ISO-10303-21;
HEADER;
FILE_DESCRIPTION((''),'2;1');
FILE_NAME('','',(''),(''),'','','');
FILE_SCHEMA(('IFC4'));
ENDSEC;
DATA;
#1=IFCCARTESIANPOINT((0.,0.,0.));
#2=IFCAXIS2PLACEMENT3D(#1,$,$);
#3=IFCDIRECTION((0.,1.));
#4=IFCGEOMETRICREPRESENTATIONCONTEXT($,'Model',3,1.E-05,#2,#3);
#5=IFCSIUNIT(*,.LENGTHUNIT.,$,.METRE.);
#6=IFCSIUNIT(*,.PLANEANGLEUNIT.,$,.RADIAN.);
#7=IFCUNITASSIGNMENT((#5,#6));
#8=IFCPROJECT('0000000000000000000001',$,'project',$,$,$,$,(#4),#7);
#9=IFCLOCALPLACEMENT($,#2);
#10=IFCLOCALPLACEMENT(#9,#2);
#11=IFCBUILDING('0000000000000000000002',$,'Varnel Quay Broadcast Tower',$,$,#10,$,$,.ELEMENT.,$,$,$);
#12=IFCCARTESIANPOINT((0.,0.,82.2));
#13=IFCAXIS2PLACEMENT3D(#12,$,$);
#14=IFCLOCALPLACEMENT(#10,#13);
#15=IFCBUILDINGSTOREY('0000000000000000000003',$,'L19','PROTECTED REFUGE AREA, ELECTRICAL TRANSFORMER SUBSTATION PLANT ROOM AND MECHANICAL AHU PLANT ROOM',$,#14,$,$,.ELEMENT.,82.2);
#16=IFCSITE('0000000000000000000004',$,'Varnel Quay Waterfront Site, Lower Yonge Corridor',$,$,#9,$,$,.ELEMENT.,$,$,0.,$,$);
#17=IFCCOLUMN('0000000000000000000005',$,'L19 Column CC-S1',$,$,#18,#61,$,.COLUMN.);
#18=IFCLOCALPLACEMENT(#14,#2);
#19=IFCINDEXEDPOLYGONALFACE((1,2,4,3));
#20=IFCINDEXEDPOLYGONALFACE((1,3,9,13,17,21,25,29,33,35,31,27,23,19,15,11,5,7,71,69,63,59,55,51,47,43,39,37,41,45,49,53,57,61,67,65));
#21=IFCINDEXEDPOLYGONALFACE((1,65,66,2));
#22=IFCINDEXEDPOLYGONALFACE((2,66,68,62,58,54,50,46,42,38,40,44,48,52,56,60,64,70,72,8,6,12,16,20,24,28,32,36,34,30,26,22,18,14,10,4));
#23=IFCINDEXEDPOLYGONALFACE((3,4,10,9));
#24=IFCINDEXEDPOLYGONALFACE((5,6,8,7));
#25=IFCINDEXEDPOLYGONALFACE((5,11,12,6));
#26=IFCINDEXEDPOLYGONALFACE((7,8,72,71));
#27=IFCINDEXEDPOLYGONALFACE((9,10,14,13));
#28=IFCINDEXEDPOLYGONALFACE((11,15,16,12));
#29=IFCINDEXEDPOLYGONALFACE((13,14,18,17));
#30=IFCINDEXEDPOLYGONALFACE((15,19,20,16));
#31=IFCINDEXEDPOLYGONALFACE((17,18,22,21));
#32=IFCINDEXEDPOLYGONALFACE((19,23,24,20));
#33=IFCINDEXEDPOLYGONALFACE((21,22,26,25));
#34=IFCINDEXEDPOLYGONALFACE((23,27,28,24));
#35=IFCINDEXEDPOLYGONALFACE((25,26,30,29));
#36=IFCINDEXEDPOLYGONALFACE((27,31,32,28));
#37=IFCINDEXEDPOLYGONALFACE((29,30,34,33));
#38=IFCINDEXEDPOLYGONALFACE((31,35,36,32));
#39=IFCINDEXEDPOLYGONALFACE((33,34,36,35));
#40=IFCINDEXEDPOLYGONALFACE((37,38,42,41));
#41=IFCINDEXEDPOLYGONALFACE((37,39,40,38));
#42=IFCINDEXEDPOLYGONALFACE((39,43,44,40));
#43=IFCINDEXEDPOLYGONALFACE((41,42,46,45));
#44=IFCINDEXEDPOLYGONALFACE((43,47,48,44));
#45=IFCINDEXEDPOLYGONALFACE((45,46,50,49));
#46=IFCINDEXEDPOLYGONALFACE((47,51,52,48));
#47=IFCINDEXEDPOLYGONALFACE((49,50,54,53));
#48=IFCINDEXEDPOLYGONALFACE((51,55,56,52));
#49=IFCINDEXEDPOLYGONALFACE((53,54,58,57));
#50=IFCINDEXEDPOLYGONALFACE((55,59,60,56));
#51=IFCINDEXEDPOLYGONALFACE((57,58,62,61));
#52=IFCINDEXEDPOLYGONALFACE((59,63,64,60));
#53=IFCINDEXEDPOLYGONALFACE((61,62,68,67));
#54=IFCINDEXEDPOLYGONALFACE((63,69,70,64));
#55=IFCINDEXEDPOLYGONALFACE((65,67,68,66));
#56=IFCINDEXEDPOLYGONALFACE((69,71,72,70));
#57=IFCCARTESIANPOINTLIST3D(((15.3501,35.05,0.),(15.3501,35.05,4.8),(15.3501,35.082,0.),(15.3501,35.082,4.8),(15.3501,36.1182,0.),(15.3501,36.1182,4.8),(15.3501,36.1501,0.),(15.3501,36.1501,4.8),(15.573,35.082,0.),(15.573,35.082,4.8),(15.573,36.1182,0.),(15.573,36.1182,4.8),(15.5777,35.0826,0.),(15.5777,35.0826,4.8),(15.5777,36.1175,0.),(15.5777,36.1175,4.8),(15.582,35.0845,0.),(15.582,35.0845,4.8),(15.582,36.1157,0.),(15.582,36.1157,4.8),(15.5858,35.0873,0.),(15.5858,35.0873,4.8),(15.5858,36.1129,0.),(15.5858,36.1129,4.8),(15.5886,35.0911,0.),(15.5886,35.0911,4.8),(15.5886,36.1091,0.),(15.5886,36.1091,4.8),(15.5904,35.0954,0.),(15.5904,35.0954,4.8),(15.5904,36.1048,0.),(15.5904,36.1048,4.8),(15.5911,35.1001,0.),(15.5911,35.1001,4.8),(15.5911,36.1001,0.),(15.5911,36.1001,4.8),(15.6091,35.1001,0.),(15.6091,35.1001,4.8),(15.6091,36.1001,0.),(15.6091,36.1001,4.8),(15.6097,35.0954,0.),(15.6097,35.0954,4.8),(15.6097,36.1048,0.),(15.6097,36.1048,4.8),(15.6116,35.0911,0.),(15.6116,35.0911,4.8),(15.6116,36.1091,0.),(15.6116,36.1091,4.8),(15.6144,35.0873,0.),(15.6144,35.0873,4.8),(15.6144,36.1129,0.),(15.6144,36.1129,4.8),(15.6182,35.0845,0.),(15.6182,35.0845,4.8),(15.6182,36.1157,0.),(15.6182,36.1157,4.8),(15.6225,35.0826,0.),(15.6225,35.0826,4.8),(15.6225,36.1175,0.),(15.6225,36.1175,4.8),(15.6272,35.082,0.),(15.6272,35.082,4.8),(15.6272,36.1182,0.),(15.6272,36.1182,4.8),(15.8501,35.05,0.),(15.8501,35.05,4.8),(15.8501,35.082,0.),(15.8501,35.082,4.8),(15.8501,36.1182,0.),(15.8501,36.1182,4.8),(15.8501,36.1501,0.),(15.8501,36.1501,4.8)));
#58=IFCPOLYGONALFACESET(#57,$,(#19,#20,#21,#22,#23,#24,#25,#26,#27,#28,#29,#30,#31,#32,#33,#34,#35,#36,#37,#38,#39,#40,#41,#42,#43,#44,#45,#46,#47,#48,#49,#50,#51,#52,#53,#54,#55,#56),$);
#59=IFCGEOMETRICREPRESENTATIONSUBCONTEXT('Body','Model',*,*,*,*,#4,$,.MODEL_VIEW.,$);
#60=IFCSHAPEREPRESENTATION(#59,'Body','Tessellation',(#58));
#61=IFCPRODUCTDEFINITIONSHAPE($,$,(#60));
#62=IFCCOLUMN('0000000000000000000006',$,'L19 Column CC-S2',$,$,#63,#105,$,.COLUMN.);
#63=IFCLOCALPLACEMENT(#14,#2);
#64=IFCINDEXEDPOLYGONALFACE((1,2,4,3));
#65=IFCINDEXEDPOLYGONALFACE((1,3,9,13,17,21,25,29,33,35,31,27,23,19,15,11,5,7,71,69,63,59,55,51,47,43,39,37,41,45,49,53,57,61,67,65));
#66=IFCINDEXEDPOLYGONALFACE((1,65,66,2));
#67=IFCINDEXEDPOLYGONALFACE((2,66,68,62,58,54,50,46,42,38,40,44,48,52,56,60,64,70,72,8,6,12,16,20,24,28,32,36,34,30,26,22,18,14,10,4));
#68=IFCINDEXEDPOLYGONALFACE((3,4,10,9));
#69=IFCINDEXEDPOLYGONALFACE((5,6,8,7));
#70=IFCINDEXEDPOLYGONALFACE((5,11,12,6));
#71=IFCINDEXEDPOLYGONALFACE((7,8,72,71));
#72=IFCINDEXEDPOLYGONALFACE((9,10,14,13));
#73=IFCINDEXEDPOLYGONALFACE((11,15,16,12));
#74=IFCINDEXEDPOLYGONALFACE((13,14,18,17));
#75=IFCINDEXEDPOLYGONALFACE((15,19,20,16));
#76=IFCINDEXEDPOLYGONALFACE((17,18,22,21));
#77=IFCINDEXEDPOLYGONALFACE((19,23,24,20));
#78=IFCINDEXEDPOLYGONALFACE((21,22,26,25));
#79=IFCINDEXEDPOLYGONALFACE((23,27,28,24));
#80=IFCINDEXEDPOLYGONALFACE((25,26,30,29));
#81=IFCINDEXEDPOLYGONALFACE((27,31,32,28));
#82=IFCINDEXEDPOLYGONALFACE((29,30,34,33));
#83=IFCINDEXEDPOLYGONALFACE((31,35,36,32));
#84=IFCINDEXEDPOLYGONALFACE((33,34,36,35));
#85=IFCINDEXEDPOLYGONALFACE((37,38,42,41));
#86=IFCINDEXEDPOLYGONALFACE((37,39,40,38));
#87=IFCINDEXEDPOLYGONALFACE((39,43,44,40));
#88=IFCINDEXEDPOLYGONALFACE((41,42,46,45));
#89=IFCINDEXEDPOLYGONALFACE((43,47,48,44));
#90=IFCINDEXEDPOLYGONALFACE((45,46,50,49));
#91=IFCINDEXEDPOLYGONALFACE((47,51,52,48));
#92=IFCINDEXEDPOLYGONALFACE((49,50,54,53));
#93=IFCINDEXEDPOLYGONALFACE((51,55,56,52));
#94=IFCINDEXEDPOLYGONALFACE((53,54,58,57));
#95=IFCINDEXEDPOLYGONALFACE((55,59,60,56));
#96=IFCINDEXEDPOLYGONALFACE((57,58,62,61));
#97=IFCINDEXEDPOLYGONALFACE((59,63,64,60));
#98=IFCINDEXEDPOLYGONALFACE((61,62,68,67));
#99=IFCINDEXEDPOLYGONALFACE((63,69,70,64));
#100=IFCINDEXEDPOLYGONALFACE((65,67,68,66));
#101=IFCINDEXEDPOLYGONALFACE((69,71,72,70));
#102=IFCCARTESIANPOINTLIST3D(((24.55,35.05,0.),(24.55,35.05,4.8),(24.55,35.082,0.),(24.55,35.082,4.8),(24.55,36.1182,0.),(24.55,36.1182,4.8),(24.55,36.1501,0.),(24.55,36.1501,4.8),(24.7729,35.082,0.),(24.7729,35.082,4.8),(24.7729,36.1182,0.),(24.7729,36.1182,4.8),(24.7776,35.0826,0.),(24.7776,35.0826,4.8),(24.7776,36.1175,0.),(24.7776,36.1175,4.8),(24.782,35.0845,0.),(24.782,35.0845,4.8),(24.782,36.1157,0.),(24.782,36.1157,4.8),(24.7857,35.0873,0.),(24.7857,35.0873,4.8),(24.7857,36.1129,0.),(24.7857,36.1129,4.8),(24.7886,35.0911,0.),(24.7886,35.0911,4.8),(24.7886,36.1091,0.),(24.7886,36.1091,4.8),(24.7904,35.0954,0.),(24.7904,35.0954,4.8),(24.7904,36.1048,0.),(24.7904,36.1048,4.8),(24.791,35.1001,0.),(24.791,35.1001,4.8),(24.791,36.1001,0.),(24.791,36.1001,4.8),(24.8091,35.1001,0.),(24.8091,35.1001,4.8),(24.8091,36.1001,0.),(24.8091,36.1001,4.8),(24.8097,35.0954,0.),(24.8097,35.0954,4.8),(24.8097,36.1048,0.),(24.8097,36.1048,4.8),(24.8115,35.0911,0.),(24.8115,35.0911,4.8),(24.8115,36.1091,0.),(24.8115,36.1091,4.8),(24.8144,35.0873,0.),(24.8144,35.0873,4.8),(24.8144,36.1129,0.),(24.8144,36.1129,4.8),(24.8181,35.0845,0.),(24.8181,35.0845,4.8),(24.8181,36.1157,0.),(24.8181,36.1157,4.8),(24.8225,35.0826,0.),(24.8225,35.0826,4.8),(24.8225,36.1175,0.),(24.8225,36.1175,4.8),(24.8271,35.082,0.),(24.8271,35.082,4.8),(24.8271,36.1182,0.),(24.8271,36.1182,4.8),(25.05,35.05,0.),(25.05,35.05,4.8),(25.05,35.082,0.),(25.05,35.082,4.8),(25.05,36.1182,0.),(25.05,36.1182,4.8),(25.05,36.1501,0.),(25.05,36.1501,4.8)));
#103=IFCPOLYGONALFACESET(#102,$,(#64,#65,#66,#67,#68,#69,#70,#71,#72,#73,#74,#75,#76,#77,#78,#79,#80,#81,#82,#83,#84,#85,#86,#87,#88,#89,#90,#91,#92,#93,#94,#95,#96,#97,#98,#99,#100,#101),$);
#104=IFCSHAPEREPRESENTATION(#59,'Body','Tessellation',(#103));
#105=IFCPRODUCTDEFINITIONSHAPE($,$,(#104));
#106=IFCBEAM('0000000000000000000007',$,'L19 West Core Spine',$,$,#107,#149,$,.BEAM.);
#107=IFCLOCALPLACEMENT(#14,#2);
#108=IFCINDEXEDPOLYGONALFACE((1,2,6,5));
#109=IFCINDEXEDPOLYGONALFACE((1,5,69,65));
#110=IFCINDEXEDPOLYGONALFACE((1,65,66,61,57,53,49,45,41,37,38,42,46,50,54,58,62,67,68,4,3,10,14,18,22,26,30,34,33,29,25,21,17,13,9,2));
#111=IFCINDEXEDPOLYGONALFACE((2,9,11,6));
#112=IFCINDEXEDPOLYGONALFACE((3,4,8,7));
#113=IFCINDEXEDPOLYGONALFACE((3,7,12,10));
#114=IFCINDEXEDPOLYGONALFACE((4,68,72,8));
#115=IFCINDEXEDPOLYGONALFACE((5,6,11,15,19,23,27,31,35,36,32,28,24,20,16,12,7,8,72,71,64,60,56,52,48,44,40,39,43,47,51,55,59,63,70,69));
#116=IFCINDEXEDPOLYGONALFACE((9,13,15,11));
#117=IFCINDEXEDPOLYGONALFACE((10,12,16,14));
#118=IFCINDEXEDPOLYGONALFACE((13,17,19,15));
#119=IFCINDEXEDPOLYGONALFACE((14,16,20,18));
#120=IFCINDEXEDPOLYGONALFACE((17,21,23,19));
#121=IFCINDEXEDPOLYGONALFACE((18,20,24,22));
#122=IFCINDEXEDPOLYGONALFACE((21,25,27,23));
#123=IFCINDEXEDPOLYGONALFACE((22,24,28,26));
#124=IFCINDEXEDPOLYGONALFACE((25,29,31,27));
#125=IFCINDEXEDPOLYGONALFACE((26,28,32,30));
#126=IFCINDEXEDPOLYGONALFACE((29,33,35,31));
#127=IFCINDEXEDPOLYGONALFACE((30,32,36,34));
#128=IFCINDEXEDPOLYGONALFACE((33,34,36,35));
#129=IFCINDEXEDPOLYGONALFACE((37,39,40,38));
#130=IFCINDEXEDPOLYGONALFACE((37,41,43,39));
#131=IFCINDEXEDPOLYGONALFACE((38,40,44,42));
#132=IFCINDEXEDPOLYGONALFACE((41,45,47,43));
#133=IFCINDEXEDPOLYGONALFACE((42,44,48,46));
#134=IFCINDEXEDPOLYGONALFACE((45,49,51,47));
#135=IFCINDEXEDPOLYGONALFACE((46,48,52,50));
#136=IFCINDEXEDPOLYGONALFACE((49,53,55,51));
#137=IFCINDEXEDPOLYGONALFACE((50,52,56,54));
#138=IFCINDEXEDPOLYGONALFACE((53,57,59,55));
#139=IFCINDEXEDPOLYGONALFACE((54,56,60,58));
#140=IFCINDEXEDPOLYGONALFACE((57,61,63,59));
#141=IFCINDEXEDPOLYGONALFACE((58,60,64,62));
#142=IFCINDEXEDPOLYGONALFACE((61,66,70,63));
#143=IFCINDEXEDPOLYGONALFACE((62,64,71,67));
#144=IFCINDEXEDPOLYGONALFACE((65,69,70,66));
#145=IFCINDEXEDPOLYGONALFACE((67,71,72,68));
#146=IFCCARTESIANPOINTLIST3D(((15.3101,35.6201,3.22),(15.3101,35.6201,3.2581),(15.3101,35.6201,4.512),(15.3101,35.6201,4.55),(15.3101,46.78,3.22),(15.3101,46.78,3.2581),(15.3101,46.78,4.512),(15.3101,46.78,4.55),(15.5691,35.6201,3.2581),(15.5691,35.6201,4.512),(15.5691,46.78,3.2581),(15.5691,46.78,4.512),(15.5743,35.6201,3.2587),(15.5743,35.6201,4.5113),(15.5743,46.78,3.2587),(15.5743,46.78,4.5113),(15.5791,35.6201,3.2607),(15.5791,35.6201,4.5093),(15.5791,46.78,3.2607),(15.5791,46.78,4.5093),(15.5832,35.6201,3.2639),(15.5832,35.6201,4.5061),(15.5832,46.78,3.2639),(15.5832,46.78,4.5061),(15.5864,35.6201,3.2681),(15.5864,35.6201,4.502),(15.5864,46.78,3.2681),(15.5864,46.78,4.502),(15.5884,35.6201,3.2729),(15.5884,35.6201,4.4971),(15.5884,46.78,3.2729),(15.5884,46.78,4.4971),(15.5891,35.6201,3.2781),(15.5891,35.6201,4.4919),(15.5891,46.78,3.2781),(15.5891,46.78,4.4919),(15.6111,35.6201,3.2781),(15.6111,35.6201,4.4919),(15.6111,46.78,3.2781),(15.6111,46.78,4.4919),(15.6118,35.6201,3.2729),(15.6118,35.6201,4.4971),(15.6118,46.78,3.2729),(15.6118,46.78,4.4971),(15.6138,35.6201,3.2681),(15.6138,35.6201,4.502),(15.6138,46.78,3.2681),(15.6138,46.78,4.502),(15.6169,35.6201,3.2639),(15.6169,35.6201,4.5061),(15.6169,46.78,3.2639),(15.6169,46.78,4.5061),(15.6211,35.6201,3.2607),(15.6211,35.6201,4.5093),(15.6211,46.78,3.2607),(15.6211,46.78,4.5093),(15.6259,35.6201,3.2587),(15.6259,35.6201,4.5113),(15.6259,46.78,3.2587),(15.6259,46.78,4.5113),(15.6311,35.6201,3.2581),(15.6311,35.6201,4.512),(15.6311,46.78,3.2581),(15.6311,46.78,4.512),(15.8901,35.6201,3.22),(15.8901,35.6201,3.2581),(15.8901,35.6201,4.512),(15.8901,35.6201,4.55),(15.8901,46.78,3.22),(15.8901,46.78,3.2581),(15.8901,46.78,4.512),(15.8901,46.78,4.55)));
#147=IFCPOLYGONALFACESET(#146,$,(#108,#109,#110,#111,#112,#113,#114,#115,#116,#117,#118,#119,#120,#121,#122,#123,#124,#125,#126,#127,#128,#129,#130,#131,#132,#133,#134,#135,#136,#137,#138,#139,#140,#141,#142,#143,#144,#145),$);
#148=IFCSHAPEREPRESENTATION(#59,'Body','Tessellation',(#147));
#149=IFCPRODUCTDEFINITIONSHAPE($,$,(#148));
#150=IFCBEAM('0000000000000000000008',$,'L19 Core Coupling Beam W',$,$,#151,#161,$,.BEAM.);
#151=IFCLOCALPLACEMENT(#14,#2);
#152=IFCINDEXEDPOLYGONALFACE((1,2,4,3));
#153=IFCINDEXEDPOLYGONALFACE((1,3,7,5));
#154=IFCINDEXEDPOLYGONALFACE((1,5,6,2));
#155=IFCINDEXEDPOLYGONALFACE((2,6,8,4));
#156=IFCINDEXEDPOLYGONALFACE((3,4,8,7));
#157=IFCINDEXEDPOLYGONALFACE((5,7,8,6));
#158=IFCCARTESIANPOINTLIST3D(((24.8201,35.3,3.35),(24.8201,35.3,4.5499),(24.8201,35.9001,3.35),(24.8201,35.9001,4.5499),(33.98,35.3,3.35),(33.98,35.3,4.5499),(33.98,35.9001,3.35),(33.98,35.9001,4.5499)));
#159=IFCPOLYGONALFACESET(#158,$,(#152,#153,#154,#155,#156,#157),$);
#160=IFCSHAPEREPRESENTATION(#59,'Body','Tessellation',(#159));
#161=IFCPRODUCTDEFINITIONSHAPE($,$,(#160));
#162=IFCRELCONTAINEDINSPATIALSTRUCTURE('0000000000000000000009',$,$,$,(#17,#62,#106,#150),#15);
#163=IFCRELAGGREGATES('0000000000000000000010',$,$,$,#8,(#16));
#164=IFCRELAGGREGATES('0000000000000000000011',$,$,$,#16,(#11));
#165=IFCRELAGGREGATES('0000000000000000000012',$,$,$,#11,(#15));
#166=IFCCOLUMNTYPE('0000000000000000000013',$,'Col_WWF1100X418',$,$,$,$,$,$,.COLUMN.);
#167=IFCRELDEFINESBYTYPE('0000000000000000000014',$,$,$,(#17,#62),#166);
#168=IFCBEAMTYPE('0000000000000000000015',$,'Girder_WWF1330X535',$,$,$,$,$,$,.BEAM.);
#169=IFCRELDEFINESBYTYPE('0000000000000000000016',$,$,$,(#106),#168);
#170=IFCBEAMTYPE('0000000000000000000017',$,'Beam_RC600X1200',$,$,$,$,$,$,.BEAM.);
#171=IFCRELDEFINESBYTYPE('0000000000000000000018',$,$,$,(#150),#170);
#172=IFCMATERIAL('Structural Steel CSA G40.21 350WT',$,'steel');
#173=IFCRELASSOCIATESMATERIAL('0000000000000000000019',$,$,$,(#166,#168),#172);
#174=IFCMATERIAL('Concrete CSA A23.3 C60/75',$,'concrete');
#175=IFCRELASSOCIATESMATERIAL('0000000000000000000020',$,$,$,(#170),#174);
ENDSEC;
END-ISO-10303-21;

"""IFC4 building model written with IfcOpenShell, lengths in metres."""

from ifc_helpers import new_model, si_unit, direction, frame, origin, origin_2d, place, context, subcontext, project, spatial, rectangle, i_section, extrude, source, transform, mapped, material, material_profile, profile_set, type_object, type_shapes, element, save


model = new_model("IFC4")

# Units and contexts
model_context = context("Model", 3, precision=1e-05, world=origin(), true_north=direction((0.0, 1.0)))
body_context = subcontext(model_context, "Body", "Model", "MODEL_VIEW")
ifc_project = project(units=[si_unit("LENGTHUNIT", "METRE"), si_unit("PLANEANGLEUNIT", "RADIAN")], contexts=[model_context])

# Site, building, storey
site_placement = place(None, origin())
site = spatial("IfcSite", under=ifc_project, at=site_placement, Name="Varnel Quay Waterfront Site, Lower Yonge Corridor", CompositionType="ELEMENT", RefElevation=0.0)
building_placement = place(site_placement, origin())
building = spatial("IfcBuilding", under=site, at=building_placement, Name="Varnel Quay Broadcast Tower", CompositionType="ELEMENT")
storey_placement = place(building_placement, frame((0.0, 0.0, 82.2)))
storey = spatial("IfcBuildingStorey", under=building, at=storey_placement, Name="L19", Description="PROTECTED REFUGE AREA, ELECTRICAL TRANSFORMER SUBSTATION PLANT ROOM AND MECHANICAL AHU PLANT ROOM", CompositionType="ELEMENT", Elevation=82.2)

# Columns
ifc_material_1 = material(Name="Structural Steel CSA G40.21 350WT", Category="steel")
ifc_material_profile_1 = material_profile(ifc_material_1, i_section(OverallWidth=0.5, OverallDepth=1.1001, WebThickness=0.0181, FlangeThickness=0.032, FilletRadius=0.0181, at=origin_2d()), Name="WWF1100X418")
ifc_profile_set_1 = profile_set([ifc_material_profile_1], Name="Structural Steel CSA G40.21 350WT")
column_type = type_object("IfcColumnType", Name="Col_WWF1100X418", PredefinedType="COLUMN", material=ifc_profile_set_1)
shared_shape_1 = source(origin(), body_context, "Body", "SweptSolid", [
    extrude(i_section(OverallWidth=0.5, OverallDepth=1.1001, WebThickness=0.0181, FlangeThickness=0.032, FilletRadius=0.0181, at=origin_2d()), origin(), (0.0, 0.0, 1.0), 4.8),
])
type_shapes(column_type, [shared_shape_1])
for number, where, z_axis, x_axis, name in (
    (1, (15.6001, 35.6001, 0.0), (0.0, 0.0, 1.0), (1.0, 0.0, 0.0), "L19 Column CC-S1"),
    (2, (24.8, 35.6001, 0.0), (0.0, 0.0, 1.0), (1.0, 0.0, 0.0), "L19 Column CC-S2"),
):
    element("IfcColumn", number, at=place(storey_placement, frame(where, z_axis=z_axis, x_axis=x_axis)), inside=storey, type_object=column_type, Name=name, PredefinedType="COLUMN", context=body_context, shape_type="MappedRepresentation", body=[
        mapped(shared_shape_1, transform((0.0, 0.0, 0.0), x_axis=(1.0, 0.0, 0.0), y_axis=(0.0, 1.0, 0.0), z_axis=(0.0, 0.0, 1.0), scale=1.0)),
    ])

# Beams
ifc_material_profile_2 = material_profile(ifc_material_1, i_section(OverallWidth=0.5801, OverallDepth=1.3301, WebThickness=0.022, FlangeThickness=0.0381, FilletRadius=0.02, at=origin_2d()), Name="WWF1330X535")
ifc_profile_set_2 = profile_set([ifc_material_profile_2], Name="Structural Steel CSA G40.21 350WT")
beam_type_1 = type_object("IfcBeamType", Name="Girder_WWF1330X535", PredefinedType="BEAM", material=ifc_profile_set_2)
shared_shape_2 = source(origin(), body_context, "Body", "SweptSolid", [
    extrude(i_section(OverallWidth=0.5801, OverallDepth=1.3301, WebThickness=0.022, FlangeThickness=0.0381, FilletRadius=0.02, at=origin_2d()), origin(), (0.0, 0.0, 1.0), 11.1599),
])
type_shapes(beam_type_1, [shared_shape_2])
beam_1_placement = place(storey_placement, frame((15.6001, 35.6201, 3.885), z_axis=(0.0, 1.0, 0.0), x_axis=(-1.0, 0.0, 0.0)))
element("IfcBeam", 3, at=beam_1_placement, inside=storey, type_object=beam_type_1, Name="L19 West Core Spine", PredefinedType="BEAM", context=body_context, shape_type="MappedRepresentation", body=[
    mapped(shared_shape_2, transform((0.0, 0.0, 0.0), x_axis=(1.0, 0.0, 0.0), y_axis=(0.0, 1.0, 0.0), z_axis=(0.0, 0.0, 1.0), scale=1.0)),
])
ifc_material_2 = material(Name="Concrete CSA A23.3 C60/75", Category="concrete")
ifc_material_profile_3 = material_profile(ifc_material_2, rectangle(XDim=0.6001, YDim=1.2, at=origin_2d()), Name="RC600X1200")
ifc_profile_set_3 = profile_set([ifc_material_profile_3], Name="Concrete CSA A23.3 C60/75")
beam_type_2 = type_object("IfcBeamType", Name="Beam_RC600X1200", PredefinedType="BEAM", material=ifc_profile_set_3)
shared_shape_3 = source(origin(), body_context, "Body", "SweptSolid", [
    extrude(rectangle(XDim=0.6001, YDim=1.2, at=origin_2d()), origin(), (0.0, 0.0, 1.0), 9.1599),
])
type_shapes(beam_type_2, [shared_shape_3])
beam_2_placement = place(storey_placement, frame((24.8201, 35.6001, 3.95), z_axis=(1.0, 0.0, 0.0), x_axis=(0.0, 1.0, 0.0)))
element("IfcBeam", 4, at=beam_2_placement, inside=storey, type_object=beam_type_2, Name="L19 Core Coupling Beam W", PredefinedType="BEAM", context=body_context, shape_type="MappedRepresentation", body=[
    mapped(shared_shape_3, transform((0.0, 0.0, 0.0), x_axis=(1.0, 0.0, 0.0), y_axis=(0.0, 1.0, 0.0), z_axis=(0.0, 0.0, 1.0), scale=1.0)),
])

save(model, "model.ifc")
